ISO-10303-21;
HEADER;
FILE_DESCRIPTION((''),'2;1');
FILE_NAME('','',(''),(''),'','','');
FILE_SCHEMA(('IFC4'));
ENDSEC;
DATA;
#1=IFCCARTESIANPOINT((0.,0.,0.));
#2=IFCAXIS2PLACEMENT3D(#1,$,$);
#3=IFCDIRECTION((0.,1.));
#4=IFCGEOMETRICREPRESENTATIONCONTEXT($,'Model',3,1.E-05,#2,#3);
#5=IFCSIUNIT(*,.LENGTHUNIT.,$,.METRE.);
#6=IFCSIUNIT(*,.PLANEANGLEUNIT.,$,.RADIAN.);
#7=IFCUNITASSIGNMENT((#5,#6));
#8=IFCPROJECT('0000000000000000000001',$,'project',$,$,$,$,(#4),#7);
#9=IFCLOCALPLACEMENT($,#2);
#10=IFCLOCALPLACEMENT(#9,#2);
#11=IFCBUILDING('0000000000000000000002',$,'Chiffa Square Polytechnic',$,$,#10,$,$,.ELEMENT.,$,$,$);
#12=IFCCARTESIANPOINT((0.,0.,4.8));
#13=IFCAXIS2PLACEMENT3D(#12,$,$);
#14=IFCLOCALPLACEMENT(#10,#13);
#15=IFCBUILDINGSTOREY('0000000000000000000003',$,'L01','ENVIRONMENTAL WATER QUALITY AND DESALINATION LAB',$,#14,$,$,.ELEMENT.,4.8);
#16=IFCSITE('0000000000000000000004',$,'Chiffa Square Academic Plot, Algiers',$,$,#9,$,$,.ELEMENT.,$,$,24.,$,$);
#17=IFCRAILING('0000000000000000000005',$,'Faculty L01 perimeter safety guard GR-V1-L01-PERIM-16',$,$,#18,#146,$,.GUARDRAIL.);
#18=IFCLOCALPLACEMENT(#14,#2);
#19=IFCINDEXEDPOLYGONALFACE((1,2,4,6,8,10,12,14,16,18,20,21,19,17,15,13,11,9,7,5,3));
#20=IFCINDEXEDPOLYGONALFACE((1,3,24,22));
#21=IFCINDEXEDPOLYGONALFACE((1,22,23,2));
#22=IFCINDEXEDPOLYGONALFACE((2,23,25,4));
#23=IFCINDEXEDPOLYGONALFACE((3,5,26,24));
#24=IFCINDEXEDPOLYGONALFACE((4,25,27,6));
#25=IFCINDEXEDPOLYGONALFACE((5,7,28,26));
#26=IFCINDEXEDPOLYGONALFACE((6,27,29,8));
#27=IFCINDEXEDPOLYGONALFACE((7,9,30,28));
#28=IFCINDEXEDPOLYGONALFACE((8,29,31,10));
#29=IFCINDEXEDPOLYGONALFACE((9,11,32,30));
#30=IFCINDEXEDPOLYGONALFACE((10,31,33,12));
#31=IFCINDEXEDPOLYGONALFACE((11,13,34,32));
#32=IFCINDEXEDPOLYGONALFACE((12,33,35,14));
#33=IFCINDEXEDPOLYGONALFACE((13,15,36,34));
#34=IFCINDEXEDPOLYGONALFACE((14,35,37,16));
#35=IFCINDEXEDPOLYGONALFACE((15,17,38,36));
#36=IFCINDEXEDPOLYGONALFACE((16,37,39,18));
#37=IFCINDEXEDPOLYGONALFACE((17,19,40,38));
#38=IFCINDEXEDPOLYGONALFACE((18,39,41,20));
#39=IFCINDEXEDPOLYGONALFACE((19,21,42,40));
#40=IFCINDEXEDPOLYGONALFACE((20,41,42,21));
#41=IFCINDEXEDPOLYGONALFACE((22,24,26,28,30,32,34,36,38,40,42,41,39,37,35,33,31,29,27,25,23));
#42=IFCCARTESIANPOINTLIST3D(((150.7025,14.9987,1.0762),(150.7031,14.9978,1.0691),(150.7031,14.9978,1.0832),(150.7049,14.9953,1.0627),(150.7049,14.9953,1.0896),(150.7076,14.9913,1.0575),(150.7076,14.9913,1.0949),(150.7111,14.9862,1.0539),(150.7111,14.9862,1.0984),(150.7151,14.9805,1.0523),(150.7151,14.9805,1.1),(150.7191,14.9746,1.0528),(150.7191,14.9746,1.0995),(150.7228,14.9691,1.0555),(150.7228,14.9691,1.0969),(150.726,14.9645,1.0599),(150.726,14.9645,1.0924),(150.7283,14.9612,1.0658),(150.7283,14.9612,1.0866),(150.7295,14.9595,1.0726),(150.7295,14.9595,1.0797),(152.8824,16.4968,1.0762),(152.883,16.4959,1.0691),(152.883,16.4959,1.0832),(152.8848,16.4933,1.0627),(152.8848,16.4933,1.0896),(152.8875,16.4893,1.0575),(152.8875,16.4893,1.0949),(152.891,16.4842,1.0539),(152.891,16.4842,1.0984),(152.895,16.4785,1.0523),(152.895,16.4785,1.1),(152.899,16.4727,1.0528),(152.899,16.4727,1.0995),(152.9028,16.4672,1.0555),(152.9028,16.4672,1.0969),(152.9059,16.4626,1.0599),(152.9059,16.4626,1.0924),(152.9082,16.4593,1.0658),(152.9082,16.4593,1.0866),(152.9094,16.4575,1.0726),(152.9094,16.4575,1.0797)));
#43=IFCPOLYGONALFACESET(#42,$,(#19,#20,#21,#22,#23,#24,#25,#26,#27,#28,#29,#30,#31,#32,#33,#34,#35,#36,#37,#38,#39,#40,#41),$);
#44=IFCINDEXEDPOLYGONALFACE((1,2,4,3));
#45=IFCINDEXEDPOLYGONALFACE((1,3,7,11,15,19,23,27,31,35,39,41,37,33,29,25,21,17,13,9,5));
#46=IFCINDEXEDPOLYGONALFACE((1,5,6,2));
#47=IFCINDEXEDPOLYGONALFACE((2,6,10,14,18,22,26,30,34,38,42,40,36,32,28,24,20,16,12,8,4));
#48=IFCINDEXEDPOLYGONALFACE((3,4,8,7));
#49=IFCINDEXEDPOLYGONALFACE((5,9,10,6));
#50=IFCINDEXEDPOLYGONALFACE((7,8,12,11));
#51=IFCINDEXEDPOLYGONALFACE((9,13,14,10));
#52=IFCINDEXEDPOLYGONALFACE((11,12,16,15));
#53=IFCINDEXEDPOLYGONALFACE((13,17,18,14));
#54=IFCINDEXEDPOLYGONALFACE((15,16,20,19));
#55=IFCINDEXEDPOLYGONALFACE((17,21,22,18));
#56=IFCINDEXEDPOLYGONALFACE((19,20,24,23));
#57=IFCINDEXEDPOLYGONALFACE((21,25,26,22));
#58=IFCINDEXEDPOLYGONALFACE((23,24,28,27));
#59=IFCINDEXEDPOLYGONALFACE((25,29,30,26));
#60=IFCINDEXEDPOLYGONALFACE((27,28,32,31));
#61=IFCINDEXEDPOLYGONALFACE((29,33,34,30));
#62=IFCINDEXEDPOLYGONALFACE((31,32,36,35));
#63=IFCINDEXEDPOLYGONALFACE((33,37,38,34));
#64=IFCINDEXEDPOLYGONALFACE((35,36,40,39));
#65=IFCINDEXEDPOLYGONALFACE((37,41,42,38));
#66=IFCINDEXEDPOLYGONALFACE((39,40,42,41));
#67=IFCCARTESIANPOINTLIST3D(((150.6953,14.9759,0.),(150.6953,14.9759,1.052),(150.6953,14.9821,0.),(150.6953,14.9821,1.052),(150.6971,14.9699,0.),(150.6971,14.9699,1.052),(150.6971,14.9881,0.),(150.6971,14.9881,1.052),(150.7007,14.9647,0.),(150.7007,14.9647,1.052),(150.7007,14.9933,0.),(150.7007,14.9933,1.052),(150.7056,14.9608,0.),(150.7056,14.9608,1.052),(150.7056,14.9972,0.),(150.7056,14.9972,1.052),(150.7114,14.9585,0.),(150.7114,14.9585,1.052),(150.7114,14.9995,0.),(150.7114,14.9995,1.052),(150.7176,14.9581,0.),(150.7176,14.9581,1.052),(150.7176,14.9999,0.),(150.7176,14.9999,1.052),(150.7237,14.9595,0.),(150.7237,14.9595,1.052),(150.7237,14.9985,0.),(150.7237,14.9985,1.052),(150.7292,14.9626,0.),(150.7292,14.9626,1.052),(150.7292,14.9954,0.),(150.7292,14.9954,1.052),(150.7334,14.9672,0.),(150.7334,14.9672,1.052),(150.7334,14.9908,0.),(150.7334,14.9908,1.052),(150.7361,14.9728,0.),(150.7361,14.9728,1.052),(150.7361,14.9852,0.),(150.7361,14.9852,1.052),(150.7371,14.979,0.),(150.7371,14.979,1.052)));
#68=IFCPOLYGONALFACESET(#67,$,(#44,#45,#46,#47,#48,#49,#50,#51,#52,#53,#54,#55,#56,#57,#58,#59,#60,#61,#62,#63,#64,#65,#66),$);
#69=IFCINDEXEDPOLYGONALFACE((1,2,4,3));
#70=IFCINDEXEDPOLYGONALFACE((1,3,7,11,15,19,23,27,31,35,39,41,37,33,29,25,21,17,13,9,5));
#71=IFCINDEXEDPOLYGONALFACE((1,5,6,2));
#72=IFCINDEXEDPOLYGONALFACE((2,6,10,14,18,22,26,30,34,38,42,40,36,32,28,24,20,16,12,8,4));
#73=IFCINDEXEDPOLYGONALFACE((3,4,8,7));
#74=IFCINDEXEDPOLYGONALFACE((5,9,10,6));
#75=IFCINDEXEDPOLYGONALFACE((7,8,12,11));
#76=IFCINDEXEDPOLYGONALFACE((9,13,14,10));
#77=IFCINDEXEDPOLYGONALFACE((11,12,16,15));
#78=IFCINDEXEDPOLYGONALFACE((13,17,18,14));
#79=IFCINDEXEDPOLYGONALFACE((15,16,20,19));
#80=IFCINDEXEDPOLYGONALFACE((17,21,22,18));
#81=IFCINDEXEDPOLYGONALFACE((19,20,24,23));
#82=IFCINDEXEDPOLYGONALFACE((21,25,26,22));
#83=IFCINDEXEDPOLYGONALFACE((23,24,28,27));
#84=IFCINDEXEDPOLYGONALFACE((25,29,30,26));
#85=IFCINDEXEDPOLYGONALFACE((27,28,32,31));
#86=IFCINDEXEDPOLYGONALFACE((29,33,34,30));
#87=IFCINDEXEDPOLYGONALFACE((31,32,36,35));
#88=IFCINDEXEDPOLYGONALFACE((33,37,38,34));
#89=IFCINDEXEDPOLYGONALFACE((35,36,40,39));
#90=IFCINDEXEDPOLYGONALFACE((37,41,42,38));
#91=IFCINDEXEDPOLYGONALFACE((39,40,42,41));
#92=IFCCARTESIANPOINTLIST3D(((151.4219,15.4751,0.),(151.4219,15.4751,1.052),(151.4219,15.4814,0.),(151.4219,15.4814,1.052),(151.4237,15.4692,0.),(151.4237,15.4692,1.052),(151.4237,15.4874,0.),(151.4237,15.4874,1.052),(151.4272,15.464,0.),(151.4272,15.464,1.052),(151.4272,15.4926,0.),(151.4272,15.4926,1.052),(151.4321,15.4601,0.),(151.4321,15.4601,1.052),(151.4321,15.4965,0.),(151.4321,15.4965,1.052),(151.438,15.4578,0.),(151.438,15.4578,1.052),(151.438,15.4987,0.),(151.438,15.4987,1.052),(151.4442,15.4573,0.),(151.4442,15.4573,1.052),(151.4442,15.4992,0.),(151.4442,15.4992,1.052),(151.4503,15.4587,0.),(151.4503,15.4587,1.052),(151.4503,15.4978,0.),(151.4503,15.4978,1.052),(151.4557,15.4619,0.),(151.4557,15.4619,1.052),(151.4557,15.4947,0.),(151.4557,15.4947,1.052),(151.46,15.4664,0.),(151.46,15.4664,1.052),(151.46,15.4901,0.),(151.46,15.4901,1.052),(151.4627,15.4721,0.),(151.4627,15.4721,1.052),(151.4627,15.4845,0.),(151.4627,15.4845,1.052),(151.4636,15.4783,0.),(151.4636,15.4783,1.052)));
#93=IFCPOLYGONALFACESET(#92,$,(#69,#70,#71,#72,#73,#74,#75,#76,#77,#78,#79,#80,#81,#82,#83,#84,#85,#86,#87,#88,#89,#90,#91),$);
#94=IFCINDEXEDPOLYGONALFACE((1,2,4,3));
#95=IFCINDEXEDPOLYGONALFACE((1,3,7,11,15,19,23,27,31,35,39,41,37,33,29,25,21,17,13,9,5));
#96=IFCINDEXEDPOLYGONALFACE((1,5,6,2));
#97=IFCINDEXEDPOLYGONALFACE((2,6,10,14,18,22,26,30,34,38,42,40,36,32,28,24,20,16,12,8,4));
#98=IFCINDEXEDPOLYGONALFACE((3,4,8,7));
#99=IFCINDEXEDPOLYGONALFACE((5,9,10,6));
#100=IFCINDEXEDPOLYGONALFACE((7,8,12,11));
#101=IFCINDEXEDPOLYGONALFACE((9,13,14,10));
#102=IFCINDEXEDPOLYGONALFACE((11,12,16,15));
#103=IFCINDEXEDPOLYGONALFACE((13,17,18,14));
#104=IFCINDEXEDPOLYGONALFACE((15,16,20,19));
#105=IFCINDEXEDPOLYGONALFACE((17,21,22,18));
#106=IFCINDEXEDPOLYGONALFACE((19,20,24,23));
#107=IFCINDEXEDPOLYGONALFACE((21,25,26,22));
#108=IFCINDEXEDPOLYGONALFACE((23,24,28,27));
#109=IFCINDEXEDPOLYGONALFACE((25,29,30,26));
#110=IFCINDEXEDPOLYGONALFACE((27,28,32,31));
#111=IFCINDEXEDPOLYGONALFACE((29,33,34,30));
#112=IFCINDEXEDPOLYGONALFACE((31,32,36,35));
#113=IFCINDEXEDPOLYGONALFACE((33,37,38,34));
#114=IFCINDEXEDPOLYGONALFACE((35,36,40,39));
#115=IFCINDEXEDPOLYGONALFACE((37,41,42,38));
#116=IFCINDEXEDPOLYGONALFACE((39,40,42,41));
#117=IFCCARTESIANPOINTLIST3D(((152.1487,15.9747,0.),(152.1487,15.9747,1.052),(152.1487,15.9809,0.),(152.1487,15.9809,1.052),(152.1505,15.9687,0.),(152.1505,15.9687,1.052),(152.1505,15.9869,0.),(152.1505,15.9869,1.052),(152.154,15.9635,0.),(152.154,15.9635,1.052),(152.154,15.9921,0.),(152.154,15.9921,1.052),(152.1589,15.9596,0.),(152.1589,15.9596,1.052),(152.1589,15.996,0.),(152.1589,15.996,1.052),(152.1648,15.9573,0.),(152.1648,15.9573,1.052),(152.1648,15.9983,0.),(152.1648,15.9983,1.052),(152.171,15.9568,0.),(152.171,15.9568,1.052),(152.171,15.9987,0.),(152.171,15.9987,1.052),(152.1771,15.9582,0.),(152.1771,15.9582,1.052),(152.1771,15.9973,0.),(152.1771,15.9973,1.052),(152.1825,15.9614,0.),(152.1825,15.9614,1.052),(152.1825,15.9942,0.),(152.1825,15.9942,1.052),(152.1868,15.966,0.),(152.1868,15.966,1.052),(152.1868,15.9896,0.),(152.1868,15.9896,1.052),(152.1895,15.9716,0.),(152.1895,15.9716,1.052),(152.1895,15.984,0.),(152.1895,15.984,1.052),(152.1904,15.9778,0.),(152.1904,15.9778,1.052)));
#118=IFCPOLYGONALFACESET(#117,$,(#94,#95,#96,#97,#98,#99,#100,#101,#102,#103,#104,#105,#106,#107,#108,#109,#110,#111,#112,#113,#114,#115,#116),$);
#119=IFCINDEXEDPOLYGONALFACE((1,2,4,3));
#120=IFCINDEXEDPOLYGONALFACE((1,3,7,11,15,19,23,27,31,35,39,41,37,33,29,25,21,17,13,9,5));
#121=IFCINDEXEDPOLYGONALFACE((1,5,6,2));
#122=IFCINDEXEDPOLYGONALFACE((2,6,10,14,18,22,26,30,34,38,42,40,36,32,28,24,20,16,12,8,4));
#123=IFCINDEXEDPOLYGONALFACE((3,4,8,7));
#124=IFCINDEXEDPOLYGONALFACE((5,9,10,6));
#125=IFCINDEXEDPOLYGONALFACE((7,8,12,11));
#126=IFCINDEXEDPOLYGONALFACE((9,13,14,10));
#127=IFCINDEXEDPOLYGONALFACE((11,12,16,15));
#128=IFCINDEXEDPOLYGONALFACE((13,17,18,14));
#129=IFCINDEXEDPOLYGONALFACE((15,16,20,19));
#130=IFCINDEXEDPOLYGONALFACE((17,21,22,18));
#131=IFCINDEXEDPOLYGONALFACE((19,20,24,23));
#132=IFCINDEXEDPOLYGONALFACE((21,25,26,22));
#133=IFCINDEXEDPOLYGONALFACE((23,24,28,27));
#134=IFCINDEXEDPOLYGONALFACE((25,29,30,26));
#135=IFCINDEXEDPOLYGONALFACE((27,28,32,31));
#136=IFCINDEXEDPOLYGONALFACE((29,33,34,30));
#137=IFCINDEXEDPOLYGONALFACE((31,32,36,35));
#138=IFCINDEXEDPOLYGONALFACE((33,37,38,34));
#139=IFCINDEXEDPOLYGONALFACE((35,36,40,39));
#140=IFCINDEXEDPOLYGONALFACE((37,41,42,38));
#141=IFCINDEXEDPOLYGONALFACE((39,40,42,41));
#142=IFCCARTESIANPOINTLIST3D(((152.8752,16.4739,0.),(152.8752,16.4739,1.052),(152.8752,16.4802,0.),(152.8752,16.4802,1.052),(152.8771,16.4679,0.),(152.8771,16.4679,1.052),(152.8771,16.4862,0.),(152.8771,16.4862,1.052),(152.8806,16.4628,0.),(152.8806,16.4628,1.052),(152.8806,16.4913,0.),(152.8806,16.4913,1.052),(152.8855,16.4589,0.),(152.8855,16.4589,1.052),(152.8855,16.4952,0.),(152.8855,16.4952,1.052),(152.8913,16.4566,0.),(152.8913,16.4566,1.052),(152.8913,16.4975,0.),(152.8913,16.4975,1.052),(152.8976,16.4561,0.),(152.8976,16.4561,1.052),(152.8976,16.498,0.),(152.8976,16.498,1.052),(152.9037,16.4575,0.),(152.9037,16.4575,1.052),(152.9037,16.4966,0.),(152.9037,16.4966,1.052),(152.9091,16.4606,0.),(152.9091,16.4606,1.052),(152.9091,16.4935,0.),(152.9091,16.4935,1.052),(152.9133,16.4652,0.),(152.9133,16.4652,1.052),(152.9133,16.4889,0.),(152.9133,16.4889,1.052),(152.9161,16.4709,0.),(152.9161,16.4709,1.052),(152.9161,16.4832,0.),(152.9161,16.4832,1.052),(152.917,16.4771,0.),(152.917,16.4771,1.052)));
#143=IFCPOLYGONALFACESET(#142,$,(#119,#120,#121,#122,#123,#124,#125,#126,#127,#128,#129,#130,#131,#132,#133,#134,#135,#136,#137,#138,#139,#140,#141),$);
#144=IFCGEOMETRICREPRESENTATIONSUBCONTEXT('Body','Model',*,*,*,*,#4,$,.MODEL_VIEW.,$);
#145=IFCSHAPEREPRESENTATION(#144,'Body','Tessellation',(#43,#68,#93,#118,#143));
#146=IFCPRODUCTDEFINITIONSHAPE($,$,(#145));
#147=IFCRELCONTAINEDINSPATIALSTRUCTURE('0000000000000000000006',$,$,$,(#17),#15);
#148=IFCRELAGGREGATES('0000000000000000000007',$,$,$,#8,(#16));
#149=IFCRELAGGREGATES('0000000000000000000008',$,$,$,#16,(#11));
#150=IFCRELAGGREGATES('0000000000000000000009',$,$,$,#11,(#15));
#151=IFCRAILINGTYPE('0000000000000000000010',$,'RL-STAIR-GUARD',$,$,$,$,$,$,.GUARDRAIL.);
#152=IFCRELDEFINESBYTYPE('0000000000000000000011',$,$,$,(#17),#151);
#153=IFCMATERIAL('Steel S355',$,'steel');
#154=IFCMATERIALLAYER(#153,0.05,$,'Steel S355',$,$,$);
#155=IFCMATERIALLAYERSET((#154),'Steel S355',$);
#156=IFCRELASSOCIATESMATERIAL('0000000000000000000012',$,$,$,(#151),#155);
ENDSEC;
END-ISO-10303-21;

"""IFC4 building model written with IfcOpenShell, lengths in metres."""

from ifc_helpers import new_model, si_unit, direction, frame, origin, origin_2d, place, context, subcontext, project, spatial, circle, extrude, material, layer, layer_set, type_object, element, save


model = new_model("IFC4")

# Units and contexts
model_context = context("Model", 3, precision=1e-05, world=origin(), true_north=direction((0.0, 1.0)))
body_context = subcontext(model_context, "Body", "Model", "MODEL_VIEW")
ifc_project = project(units=[si_unit("LENGTHUNIT", "METRE"), si_unit("PLANEANGLEUNIT", "RADIAN")], contexts=[model_context])

# Site, building, storey
site_placement = place(None, origin())
site = spatial("IfcSite", under=ifc_project, at=site_placement, Name="Chiffa Square Academic Plot, Algiers", CompositionType="ELEMENT", RefElevation=24.0)
building_placement = place(site_placement, origin())
building = spatial("IfcBuilding", under=site, at=building_placement, Name="Chiffa Square Polytechnic", CompositionType="ELEMENT")
storey_placement = place(building_placement, frame((0.0, 0.0, 4.8)))
storey = spatial("IfcBuildingStorey", under=building, at=storey_placement, Name="L01", Description="ENVIRONMENTAL WATER QUALITY AND DESALINATION LAB", CompositionType="ELEMENT", Elevation=4.8)

# Shared definitions
ifc_material_1 = material(Name="Steel S355", Category="steel")

# Railing
ifc_layer_1 = layer(ifc_material_1, 0.05, Name="Steel S355")
ifc_layer_set_1 = layer_set([ifc_layer_1], Name="Steel S355")
railing_type = type_object("IfcRailingType", Name="RL-STAIR-GUARD", PredefinedType="GUARDRAIL", material=ifc_layer_set_1)
railing_placement = place(storey_placement, frame((150.7161, 14.979, 0.0)))
element("IfcRailing", 1, at=railing_placement, inside=storey, type_object=railing_type, Name="Faculty L01 perimeter safety guard GR-V1-L01-PERIM-16", PredefinedType="GUARDRAIL", context=body_context, shape_type="SweptSolid", body=[
    extrude(circle(Radius=0.0239, at=origin_2d()), frame((0.0, 0.0, 1.0762), z_axis=(0.824158, 0.56636, 0.0), x_axis=(-0.56636, 0.824158, 0.0)), (0.0, 0.0, 1.0), 2.645),
    extrude(circle(Radius=0.021, at=origin_2d()), origin(), (0.0, 0.0, 1.0), 1.052),
    extrude(circle(Radius=0.021, at=origin_2d()), frame((0.7266, 0.4993, 0.0)), (0.0, 0.0, 1.0), 1.052),
    extrude(circle(Radius=0.021, at=origin_2d()), frame((1.4534, 0.9988, 0.0)), (0.0, 0.0, 1.0), 1.052),
    extrude(circle(Radius=0.021, at=origin_2d()), frame((2.1799, 1.498, 0.0)), (0.0, 0.0, 1.0), 1.052),
])

save(model, "model.ifc")
